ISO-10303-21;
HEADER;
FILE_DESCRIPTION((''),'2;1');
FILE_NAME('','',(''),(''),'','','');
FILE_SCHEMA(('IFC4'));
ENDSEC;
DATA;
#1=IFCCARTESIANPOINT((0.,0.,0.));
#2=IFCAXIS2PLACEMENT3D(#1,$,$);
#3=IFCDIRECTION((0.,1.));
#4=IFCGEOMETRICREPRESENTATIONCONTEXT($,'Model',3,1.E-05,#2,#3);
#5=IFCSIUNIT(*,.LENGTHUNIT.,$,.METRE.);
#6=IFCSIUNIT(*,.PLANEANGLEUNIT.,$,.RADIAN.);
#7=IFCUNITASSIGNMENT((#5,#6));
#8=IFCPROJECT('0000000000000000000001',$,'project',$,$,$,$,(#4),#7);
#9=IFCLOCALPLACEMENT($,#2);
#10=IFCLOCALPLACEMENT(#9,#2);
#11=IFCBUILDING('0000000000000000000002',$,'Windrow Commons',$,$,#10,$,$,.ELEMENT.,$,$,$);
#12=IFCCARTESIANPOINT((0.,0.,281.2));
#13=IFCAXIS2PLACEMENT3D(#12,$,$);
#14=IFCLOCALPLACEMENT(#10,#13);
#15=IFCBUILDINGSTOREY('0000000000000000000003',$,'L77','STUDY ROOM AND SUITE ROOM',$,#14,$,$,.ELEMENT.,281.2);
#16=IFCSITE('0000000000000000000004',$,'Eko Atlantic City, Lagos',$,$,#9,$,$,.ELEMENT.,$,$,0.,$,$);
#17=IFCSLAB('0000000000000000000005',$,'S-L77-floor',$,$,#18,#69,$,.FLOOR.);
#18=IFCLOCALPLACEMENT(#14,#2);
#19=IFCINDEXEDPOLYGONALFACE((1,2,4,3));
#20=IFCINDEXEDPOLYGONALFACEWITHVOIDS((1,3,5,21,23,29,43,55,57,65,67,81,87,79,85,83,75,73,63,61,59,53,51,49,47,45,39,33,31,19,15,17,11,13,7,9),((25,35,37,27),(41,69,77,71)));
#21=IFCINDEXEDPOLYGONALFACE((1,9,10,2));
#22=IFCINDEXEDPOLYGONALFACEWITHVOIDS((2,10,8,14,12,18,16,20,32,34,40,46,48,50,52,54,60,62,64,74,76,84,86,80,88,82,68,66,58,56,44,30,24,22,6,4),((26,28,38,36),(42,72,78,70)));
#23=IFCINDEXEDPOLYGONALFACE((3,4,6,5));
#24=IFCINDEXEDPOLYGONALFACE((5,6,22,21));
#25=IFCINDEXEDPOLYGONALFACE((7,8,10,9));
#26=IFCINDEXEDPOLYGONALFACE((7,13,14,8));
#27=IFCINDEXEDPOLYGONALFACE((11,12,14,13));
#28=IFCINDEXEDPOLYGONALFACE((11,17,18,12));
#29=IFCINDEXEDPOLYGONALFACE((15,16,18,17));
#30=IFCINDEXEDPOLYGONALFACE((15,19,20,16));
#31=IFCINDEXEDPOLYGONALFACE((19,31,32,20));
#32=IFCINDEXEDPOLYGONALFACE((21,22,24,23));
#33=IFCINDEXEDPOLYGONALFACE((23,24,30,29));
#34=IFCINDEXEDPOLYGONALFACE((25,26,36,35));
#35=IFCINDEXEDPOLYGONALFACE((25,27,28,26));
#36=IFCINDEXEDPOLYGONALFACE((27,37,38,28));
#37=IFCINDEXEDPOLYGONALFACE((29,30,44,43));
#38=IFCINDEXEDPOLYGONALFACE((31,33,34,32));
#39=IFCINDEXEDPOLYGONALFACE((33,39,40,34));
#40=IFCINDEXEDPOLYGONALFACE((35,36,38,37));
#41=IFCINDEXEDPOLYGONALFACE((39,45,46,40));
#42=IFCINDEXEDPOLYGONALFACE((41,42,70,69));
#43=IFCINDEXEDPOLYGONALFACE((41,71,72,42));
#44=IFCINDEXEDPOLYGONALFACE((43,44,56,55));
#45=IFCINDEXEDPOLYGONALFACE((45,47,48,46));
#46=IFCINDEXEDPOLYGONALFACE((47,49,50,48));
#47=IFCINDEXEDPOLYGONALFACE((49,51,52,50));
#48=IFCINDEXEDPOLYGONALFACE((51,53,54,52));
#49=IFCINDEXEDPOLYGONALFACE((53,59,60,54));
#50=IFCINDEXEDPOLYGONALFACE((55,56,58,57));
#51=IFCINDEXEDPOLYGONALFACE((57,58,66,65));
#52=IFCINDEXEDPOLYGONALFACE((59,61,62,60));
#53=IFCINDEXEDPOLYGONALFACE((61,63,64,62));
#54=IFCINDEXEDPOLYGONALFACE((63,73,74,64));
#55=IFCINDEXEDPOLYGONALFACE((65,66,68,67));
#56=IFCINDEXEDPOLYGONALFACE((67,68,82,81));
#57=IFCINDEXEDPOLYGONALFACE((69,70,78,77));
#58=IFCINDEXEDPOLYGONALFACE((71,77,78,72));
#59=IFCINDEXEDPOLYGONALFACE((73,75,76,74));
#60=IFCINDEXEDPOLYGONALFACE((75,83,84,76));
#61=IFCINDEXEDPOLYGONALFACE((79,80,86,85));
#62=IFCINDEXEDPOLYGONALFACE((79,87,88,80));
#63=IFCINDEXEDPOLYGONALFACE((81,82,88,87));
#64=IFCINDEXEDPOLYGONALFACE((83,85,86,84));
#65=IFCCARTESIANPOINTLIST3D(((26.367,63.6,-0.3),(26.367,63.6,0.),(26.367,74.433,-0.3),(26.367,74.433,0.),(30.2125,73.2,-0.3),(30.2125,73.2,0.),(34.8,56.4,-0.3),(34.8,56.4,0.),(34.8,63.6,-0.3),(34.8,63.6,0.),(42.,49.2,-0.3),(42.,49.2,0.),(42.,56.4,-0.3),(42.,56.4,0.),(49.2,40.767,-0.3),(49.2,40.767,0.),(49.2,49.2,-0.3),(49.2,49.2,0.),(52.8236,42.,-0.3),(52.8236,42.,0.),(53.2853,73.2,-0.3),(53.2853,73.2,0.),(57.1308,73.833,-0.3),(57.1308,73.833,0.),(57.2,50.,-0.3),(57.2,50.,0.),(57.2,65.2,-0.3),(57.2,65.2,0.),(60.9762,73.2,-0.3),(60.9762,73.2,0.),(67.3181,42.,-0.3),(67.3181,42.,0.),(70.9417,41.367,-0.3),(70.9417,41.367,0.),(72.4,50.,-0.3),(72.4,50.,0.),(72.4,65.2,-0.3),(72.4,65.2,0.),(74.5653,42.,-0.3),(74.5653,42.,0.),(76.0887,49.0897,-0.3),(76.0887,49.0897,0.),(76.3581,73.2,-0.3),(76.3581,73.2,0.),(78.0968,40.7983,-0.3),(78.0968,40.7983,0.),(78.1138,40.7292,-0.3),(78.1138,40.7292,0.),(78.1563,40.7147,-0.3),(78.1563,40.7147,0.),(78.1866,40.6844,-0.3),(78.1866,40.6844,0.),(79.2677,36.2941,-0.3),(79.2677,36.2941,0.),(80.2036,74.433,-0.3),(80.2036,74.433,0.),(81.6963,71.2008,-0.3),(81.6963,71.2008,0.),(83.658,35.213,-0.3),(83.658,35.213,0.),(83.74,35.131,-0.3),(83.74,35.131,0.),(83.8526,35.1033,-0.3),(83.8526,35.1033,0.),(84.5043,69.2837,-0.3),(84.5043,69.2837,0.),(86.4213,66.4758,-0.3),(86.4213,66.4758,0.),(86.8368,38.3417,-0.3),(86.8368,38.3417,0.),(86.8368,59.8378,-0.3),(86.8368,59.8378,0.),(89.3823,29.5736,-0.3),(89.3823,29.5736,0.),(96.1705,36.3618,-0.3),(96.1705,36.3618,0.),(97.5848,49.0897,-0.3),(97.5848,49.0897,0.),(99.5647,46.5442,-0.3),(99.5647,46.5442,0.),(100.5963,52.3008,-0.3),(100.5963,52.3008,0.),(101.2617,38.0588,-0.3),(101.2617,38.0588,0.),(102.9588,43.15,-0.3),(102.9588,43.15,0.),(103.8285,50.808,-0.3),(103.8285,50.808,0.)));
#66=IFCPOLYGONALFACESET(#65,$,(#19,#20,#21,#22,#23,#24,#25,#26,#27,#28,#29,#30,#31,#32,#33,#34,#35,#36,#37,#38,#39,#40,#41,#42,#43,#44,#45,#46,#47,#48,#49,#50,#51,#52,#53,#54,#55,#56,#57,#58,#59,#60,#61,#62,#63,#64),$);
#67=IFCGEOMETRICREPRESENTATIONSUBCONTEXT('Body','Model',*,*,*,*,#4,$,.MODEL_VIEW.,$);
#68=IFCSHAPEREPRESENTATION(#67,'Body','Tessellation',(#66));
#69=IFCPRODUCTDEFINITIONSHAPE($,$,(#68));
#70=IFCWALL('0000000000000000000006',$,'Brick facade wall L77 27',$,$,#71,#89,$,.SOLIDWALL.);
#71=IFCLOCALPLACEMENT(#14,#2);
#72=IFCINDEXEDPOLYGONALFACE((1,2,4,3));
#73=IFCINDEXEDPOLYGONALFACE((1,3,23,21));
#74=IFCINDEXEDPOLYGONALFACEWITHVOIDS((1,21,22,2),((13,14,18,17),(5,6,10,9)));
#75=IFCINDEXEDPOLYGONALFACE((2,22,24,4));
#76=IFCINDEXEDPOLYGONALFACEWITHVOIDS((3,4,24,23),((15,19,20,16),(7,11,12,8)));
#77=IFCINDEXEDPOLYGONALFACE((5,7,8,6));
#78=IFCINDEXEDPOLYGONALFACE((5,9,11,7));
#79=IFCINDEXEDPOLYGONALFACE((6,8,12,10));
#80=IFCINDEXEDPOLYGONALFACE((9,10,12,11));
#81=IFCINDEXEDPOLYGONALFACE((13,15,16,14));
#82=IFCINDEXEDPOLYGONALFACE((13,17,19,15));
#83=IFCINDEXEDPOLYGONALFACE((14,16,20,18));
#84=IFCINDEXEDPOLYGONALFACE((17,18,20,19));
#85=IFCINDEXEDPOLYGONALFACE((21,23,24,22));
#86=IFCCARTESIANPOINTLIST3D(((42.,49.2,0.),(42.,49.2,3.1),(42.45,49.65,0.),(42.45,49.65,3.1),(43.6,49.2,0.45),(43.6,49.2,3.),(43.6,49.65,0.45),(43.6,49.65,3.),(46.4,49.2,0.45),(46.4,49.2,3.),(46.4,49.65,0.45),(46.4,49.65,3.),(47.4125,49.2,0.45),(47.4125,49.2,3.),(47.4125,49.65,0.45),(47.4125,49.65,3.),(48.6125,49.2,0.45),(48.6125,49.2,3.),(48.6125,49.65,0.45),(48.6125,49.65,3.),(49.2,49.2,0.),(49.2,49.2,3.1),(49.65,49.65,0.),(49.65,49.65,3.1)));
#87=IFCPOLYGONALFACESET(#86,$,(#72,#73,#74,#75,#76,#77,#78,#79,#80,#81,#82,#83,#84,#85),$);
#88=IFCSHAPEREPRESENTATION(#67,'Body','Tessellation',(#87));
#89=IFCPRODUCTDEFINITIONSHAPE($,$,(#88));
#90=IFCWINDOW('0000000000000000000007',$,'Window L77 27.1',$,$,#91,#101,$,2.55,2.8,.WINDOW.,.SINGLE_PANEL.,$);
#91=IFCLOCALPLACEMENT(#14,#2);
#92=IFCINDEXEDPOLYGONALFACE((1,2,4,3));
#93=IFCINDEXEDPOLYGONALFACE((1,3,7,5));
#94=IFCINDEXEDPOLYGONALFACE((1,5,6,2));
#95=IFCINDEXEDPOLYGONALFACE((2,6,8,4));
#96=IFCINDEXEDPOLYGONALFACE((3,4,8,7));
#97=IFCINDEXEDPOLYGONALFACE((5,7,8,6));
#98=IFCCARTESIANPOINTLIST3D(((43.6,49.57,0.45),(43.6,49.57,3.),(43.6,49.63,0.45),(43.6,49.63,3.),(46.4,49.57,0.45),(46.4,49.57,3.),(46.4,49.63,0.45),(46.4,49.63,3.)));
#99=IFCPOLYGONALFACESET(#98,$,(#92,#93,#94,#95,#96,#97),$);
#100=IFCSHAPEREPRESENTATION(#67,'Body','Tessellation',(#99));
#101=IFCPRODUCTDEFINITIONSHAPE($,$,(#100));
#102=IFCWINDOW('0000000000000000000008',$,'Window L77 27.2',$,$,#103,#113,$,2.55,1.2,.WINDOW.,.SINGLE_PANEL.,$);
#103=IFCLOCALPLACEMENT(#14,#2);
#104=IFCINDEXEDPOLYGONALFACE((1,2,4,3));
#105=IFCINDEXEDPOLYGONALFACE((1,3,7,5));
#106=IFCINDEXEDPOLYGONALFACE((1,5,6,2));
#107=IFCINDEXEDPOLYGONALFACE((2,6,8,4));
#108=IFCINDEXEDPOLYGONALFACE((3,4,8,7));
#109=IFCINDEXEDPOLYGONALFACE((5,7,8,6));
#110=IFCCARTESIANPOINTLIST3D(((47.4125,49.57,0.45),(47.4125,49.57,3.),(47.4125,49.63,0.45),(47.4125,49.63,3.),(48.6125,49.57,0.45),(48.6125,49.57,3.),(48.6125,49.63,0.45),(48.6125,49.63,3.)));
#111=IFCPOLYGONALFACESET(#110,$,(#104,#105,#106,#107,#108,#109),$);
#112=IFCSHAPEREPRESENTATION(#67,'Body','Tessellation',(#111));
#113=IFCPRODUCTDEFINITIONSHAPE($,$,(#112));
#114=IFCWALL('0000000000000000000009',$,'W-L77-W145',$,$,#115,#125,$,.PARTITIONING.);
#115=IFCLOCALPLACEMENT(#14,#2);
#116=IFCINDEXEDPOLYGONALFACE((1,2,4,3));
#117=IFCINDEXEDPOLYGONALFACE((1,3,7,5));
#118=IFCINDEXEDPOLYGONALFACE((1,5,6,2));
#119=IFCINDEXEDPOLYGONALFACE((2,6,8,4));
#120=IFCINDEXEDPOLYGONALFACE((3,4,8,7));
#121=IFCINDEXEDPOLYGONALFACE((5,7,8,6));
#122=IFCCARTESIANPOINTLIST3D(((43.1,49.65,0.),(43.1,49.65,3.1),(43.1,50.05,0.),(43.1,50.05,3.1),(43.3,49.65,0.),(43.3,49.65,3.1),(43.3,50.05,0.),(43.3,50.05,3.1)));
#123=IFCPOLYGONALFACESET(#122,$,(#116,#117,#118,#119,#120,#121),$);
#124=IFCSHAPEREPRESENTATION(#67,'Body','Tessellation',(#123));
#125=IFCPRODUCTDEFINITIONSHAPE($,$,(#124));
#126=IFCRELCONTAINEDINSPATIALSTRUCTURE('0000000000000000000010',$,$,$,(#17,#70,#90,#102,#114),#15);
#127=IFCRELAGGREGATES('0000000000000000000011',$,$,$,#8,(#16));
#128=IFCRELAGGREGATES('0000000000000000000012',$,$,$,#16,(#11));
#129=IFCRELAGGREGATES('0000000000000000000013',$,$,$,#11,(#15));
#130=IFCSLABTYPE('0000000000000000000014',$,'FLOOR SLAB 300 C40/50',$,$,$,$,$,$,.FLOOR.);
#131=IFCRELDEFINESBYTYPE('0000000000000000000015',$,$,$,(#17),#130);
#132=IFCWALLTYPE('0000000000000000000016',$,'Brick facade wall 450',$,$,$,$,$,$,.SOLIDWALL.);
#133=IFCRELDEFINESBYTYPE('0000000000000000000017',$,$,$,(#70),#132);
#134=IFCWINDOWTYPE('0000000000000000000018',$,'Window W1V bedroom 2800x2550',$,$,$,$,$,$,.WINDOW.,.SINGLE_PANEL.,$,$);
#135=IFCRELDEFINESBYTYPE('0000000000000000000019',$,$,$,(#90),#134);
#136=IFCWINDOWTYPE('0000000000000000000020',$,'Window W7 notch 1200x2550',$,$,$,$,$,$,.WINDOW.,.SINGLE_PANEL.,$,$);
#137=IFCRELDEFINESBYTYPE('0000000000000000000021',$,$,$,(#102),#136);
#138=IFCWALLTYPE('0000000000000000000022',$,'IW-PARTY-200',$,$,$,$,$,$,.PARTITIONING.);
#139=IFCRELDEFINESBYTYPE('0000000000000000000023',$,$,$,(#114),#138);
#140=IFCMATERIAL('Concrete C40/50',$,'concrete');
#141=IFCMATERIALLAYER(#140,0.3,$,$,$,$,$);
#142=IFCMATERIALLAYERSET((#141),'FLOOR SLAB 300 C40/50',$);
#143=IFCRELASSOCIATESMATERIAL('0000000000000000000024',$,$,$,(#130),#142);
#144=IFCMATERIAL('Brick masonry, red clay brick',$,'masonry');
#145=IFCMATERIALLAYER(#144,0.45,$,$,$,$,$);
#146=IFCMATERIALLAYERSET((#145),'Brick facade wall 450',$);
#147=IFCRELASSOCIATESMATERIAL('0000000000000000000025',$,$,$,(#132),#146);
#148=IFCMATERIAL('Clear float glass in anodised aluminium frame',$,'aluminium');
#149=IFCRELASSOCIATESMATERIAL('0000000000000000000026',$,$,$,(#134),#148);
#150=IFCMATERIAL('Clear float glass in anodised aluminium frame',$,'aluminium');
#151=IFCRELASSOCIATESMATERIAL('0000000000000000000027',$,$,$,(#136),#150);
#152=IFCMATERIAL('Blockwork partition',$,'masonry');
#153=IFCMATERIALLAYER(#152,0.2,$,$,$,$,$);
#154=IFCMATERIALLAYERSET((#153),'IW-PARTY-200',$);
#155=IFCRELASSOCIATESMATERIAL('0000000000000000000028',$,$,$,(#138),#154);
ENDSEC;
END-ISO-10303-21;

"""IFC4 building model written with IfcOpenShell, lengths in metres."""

from ifc_helpers import new_model, si_unit, direction, frame, frame_2d, origin, place, context, subcontext, project, spatial, polyline, rectangle, outline, extrude, material, layer, layer_set, type_object, element, fill, save


model = new_model("IFC4")

# Units and contexts
model_context = context("Model", 3, precision=1e-05, world=origin(), true_north=direction((0.0, 1.0)))
body_context = subcontext(model_context, "Body", "Model", "MODEL_VIEW")
ifc_project = project(units=[si_unit("LENGTHUNIT", "METRE"), si_unit("PLANEANGLEUNIT", "RADIAN")], contexts=[model_context])

# Site, building, storey
site_placement = place(None, origin())
site = spatial("IfcSite", under=ifc_project, at=site_placement, Name="Eko Atlantic City, Lagos", CompositionType="ELEMENT", RefElevation=0.0)
building_placement = place(site_placement, origin())
building = spatial("IfcBuilding", under=site, at=building_placement, Name="Windrow Commons", CompositionType="ELEMENT")
storey_placement = place(building_placement, frame((0.0, 0.0, 281.2)))
storey = spatial("IfcBuildingStorey", under=building, at=storey_placement, Name="L77", Description="STUDY ROOM AND SUITE ROOM", CompositionType="ELEMENT", Elevation=281.2)

# Shared definitions
placement_1 = place(storey_placement, frame((0.0, 0.0, -0.3)))

# Slab, openings
ifc_material_1 = material(Name="Concrete C40/50", Category="concrete")
ifc_layer_1 = layer(ifc_material_1, 0.3)
ifc_layer_set_1 = layer_set([ifc_layer_1], Name="FLOOR SLAB 300 C40/50")
slab_type_1 = type_object("IfcSlabType", Name="FLOOR SLAB 300 C40/50", PredefinedType="FLOOR", material=ifc_layer_set_1)
slab_1 = element("IfcSlab", 1, at=placement_1, inside=storey, type_object=slab_type_1, Name="S-L77-floor", PredefinedType="FLOOR", context=body_context, shape_type="SweptSolid", body=[
    extrude(outline(polyline([(83.74, 35.131), (83.8526, 35.1033), (89.3823, 29.5736), (96.1705, 36.3618), (101.2617, 38.0588), (102.9588, 43.15), (99.5647, 46.5442), (103.8285, 50.808), (100.5963, 52.3008), (91.1463, 61.7508), (86.4213, 66.4758), (84.5043, 69.2837), (81.6963, 71.2008), (80.2036, 74.433), (76.3581, 73.2), (60.9762, 73.2), (57.1308, 73.833), (53.2853, 73.2), (30.2125, 73.2), (26.367, 74.433), (26.367, 63.6), (34.8, 63.6), (34.8, 56.4), (42.0, 56.4), (42.0, 49.2), (49.2, 49.2), (49.2, 40.767), (52.8236, 42.0), (67.3181, 42.0), (70.9417, 41.367), (74.5653, 42.0), (78.0968, 40.7983), (78.1138, 40.7292), (78.1563, 40.7147), (78.1866, 40.6844), (79.2677, 36.2941), (83.658, 35.213), (83.74, 35.131)]), holes=[polyline([(86.8368, 38.3417), (76.0887, 49.0897), (86.8368, 59.8378), (97.5848, 49.0897), (86.8368, 38.3417)]), polyline([(72.4, 50.0), (57.2, 50.0), (57.2, 65.2), (72.4, 65.2), (72.4, 50.0)])]), origin(), (0.0, 0.0, 1.0), 0.3),
])
opening_1_placement = place(placement_1, origin())
element("IfcOpeningElement", 2, at=opening_1_placement, cuts=slab_1, PredefinedType="OPENING", context=body_context, shape_type="SweptSolid", body=[
    extrude(outline(polyline([(86.8368, 38.3488), (76.0958, 49.0897), (86.8368, 59.8307), (97.5777, 49.0897), (86.8368, 38.3488)])), origin(), (0.0, 0.0, 1.0), 0.3),
])
opening_2_placement = place(placement_1, origin())
element("IfcOpeningElement", 3, at=opening_2_placement, cuts=slab_1, PredefinedType="OPENING", context=body_context, shape_type="SweptSolid", body=[
    extrude(outline(polyline([(72.395, 50.005), (57.205, 50.005), (57.205, 65.195), (72.395, 65.195), (72.395, 50.005)])), origin(), (0.0, 0.0, 1.0), 0.3),
])

# Wall, openings, windows
ifc_material_2 = material(Name="Brick masonry, red clay brick", Category="masonry")
ifc_layer_2 = layer(ifc_material_2, 0.45)
ifc_layer_set_2 = layer_set([ifc_layer_2], Name="Brick facade wall 450")
wall_type_1 = type_object("IfcWallType", Name="Brick facade wall 450", PredefinedType="SOLIDWALL", material=ifc_layer_set_2)
wall_1_placement = place(storey_placement, frame((42.225, 49.425, 0.0), z_axis=(0.0, 0.0, 1.0), x_axis=(1.0, 0.0, 0.0)))
wall_1 = element("IfcWall", 4, at=wall_1_placement, inside=storey, type_object=wall_type_1, Name="Brick facade wall L77 27", PredefinedType="SOLIDWALL", context=body_context, shape_type="SweptSolid", body=[
    extrude(outline(polyline([(-0.225, -0.225), (6.975, -0.225), (7.425, 0.225), (0.225, 0.225), (-0.225, -0.225)])), origin(), (0.0, 0.0, 1.0), 3.1),
])
opening_3_placement = place(wall_1_placement, frame((1.375, 0.0, 0.45)))
opening_3 = element("IfcOpeningElement", 5, at=opening_3_placement, cuts=wall_1, PredefinedType="OPENING", context=body_context, shape_type="SweptSolid", body=[
    extrude(rectangle(XDim=2.8, YDim=2.55, at=frame_2d((1.4, 1.275))), frame((0.0, 0.235, 0.0), z_axis=(0.0, -1.0, 0.0), x_axis=(1.0, 0.0, 0.0)), (0.0, 0.0, 1.0), 0.47),
])
opening_4_placement = place(wall_1_placement, frame((5.1875, 0.0, 0.45)))
opening_4 = element("IfcOpeningElement", 6, at=opening_4_placement, cuts=wall_1, PredefinedType="OPENING", context=body_context, shape_type="SweptSolid", body=[
    extrude(rectangle(XDim=1.2, YDim=2.55, at=frame_2d((0.6, 1.275))), frame((0.0, 0.235, 0.0), z_axis=(0.0, -1.0, 0.0), x_axis=(1.0, 0.0, 0.0)), (0.0, 0.0, 1.0), 0.47),
])
ifc_material_3 = material(Name="Clear float glass in anodised aluminium frame", Category="aluminium")
window_type_1 = type_object("IfcWindowType", Name="Window W1V bedroom 2800x2550", PartitioningType="SINGLE_PANEL", PredefinedType="WINDOW", material=ifc_material_3)
window_1_placement = place(opening_3_placement, origin())
window_1 = element("IfcWindow", 7, at=window_1_placement, inside=storey, type_object=window_type_1, Name="Window L77 27.1", OverallHeight=2.55, OverallWidth=2.8, PartitioningType="SINGLE_PANEL", PredefinedType="WINDOW", context=body_context, shape_type="SweptSolid", body=[
    extrude(rectangle(XDim=2.8, YDim=2.55, at=frame_2d((1.4, 1.275))), frame((0.0, 0.205, 0.0), z_axis=(0.0, -1.0, 0.0), x_axis=(1.0, 0.0, 0.0)), (0.0, 0.0, 1.0), 0.06),
])
fill(opening_3, window_1)
ifc_material_4 = material(Name="Clear float glass in anodised aluminium frame", Category="aluminium")
window_type_2 = type_object("IfcWindowType", Name="Window W7 notch 1200x2550", PartitioningType="SINGLE_PANEL", PredefinedType="WINDOW", material=ifc_material_4)
window_2_placement = place(opening_4_placement, origin())
window_2 = element("IfcWindow", 8, at=window_2_placement, inside=storey, type_object=window_type_2, Name="Window L77 27.2", OverallHeight=2.55, OverallWidth=1.2, PartitioningType="SINGLE_PANEL", PredefinedType="WINDOW", context=body_context, shape_type="SweptSolid", body=[
    extrude(rectangle(XDim=1.2, YDim=2.55, at=frame_2d((0.6, 1.275))), frame((0.0, 0.205, 0.0), z_axis=(0.0, -1.0, 0.0), x_axis=(1.0, 0.0, 0.0)), (0.0, 0.0, 1.0), 0.06),
])
fill(opening_4, window_2)

# Wall
ifc_material_5 = material(Name="Blockwork partition", Category="masonry")
ifc_layer_3 = layer(ifc_material_5, 0.2)
ifc_layer_set_3 = layer_set([ifc_layer_3], Name="IW-PARTY-200")
wall_type_2 = type_object("IfcWallType", Name="IW-PARTY-200", PredefinedType="PARTITIONING", material=ifc_layer_set_3)
wall_2_placement = place(storey_placement, frame((43.2, 49.65, 0.0), z_axis=(0.0, 0.0, 1.0), x_axis=(0.0, 1.0, 0.0)))
element("IfcWall", 9, at=wall_2_placement, inside=storey, type_object=wall_type_2, Name="W-L77-W145", PredefinedType="PARTITIONING", context=body_context, shape_type="SweptSolid", body=[
    extrude(rectangle(XDim=0.4, YDim=0.2, at=frame_2d((0.2, 0.0))), origin(), (0.0, 0.0, 1.0), 3.1),
])

save(model, "model.ifc")
